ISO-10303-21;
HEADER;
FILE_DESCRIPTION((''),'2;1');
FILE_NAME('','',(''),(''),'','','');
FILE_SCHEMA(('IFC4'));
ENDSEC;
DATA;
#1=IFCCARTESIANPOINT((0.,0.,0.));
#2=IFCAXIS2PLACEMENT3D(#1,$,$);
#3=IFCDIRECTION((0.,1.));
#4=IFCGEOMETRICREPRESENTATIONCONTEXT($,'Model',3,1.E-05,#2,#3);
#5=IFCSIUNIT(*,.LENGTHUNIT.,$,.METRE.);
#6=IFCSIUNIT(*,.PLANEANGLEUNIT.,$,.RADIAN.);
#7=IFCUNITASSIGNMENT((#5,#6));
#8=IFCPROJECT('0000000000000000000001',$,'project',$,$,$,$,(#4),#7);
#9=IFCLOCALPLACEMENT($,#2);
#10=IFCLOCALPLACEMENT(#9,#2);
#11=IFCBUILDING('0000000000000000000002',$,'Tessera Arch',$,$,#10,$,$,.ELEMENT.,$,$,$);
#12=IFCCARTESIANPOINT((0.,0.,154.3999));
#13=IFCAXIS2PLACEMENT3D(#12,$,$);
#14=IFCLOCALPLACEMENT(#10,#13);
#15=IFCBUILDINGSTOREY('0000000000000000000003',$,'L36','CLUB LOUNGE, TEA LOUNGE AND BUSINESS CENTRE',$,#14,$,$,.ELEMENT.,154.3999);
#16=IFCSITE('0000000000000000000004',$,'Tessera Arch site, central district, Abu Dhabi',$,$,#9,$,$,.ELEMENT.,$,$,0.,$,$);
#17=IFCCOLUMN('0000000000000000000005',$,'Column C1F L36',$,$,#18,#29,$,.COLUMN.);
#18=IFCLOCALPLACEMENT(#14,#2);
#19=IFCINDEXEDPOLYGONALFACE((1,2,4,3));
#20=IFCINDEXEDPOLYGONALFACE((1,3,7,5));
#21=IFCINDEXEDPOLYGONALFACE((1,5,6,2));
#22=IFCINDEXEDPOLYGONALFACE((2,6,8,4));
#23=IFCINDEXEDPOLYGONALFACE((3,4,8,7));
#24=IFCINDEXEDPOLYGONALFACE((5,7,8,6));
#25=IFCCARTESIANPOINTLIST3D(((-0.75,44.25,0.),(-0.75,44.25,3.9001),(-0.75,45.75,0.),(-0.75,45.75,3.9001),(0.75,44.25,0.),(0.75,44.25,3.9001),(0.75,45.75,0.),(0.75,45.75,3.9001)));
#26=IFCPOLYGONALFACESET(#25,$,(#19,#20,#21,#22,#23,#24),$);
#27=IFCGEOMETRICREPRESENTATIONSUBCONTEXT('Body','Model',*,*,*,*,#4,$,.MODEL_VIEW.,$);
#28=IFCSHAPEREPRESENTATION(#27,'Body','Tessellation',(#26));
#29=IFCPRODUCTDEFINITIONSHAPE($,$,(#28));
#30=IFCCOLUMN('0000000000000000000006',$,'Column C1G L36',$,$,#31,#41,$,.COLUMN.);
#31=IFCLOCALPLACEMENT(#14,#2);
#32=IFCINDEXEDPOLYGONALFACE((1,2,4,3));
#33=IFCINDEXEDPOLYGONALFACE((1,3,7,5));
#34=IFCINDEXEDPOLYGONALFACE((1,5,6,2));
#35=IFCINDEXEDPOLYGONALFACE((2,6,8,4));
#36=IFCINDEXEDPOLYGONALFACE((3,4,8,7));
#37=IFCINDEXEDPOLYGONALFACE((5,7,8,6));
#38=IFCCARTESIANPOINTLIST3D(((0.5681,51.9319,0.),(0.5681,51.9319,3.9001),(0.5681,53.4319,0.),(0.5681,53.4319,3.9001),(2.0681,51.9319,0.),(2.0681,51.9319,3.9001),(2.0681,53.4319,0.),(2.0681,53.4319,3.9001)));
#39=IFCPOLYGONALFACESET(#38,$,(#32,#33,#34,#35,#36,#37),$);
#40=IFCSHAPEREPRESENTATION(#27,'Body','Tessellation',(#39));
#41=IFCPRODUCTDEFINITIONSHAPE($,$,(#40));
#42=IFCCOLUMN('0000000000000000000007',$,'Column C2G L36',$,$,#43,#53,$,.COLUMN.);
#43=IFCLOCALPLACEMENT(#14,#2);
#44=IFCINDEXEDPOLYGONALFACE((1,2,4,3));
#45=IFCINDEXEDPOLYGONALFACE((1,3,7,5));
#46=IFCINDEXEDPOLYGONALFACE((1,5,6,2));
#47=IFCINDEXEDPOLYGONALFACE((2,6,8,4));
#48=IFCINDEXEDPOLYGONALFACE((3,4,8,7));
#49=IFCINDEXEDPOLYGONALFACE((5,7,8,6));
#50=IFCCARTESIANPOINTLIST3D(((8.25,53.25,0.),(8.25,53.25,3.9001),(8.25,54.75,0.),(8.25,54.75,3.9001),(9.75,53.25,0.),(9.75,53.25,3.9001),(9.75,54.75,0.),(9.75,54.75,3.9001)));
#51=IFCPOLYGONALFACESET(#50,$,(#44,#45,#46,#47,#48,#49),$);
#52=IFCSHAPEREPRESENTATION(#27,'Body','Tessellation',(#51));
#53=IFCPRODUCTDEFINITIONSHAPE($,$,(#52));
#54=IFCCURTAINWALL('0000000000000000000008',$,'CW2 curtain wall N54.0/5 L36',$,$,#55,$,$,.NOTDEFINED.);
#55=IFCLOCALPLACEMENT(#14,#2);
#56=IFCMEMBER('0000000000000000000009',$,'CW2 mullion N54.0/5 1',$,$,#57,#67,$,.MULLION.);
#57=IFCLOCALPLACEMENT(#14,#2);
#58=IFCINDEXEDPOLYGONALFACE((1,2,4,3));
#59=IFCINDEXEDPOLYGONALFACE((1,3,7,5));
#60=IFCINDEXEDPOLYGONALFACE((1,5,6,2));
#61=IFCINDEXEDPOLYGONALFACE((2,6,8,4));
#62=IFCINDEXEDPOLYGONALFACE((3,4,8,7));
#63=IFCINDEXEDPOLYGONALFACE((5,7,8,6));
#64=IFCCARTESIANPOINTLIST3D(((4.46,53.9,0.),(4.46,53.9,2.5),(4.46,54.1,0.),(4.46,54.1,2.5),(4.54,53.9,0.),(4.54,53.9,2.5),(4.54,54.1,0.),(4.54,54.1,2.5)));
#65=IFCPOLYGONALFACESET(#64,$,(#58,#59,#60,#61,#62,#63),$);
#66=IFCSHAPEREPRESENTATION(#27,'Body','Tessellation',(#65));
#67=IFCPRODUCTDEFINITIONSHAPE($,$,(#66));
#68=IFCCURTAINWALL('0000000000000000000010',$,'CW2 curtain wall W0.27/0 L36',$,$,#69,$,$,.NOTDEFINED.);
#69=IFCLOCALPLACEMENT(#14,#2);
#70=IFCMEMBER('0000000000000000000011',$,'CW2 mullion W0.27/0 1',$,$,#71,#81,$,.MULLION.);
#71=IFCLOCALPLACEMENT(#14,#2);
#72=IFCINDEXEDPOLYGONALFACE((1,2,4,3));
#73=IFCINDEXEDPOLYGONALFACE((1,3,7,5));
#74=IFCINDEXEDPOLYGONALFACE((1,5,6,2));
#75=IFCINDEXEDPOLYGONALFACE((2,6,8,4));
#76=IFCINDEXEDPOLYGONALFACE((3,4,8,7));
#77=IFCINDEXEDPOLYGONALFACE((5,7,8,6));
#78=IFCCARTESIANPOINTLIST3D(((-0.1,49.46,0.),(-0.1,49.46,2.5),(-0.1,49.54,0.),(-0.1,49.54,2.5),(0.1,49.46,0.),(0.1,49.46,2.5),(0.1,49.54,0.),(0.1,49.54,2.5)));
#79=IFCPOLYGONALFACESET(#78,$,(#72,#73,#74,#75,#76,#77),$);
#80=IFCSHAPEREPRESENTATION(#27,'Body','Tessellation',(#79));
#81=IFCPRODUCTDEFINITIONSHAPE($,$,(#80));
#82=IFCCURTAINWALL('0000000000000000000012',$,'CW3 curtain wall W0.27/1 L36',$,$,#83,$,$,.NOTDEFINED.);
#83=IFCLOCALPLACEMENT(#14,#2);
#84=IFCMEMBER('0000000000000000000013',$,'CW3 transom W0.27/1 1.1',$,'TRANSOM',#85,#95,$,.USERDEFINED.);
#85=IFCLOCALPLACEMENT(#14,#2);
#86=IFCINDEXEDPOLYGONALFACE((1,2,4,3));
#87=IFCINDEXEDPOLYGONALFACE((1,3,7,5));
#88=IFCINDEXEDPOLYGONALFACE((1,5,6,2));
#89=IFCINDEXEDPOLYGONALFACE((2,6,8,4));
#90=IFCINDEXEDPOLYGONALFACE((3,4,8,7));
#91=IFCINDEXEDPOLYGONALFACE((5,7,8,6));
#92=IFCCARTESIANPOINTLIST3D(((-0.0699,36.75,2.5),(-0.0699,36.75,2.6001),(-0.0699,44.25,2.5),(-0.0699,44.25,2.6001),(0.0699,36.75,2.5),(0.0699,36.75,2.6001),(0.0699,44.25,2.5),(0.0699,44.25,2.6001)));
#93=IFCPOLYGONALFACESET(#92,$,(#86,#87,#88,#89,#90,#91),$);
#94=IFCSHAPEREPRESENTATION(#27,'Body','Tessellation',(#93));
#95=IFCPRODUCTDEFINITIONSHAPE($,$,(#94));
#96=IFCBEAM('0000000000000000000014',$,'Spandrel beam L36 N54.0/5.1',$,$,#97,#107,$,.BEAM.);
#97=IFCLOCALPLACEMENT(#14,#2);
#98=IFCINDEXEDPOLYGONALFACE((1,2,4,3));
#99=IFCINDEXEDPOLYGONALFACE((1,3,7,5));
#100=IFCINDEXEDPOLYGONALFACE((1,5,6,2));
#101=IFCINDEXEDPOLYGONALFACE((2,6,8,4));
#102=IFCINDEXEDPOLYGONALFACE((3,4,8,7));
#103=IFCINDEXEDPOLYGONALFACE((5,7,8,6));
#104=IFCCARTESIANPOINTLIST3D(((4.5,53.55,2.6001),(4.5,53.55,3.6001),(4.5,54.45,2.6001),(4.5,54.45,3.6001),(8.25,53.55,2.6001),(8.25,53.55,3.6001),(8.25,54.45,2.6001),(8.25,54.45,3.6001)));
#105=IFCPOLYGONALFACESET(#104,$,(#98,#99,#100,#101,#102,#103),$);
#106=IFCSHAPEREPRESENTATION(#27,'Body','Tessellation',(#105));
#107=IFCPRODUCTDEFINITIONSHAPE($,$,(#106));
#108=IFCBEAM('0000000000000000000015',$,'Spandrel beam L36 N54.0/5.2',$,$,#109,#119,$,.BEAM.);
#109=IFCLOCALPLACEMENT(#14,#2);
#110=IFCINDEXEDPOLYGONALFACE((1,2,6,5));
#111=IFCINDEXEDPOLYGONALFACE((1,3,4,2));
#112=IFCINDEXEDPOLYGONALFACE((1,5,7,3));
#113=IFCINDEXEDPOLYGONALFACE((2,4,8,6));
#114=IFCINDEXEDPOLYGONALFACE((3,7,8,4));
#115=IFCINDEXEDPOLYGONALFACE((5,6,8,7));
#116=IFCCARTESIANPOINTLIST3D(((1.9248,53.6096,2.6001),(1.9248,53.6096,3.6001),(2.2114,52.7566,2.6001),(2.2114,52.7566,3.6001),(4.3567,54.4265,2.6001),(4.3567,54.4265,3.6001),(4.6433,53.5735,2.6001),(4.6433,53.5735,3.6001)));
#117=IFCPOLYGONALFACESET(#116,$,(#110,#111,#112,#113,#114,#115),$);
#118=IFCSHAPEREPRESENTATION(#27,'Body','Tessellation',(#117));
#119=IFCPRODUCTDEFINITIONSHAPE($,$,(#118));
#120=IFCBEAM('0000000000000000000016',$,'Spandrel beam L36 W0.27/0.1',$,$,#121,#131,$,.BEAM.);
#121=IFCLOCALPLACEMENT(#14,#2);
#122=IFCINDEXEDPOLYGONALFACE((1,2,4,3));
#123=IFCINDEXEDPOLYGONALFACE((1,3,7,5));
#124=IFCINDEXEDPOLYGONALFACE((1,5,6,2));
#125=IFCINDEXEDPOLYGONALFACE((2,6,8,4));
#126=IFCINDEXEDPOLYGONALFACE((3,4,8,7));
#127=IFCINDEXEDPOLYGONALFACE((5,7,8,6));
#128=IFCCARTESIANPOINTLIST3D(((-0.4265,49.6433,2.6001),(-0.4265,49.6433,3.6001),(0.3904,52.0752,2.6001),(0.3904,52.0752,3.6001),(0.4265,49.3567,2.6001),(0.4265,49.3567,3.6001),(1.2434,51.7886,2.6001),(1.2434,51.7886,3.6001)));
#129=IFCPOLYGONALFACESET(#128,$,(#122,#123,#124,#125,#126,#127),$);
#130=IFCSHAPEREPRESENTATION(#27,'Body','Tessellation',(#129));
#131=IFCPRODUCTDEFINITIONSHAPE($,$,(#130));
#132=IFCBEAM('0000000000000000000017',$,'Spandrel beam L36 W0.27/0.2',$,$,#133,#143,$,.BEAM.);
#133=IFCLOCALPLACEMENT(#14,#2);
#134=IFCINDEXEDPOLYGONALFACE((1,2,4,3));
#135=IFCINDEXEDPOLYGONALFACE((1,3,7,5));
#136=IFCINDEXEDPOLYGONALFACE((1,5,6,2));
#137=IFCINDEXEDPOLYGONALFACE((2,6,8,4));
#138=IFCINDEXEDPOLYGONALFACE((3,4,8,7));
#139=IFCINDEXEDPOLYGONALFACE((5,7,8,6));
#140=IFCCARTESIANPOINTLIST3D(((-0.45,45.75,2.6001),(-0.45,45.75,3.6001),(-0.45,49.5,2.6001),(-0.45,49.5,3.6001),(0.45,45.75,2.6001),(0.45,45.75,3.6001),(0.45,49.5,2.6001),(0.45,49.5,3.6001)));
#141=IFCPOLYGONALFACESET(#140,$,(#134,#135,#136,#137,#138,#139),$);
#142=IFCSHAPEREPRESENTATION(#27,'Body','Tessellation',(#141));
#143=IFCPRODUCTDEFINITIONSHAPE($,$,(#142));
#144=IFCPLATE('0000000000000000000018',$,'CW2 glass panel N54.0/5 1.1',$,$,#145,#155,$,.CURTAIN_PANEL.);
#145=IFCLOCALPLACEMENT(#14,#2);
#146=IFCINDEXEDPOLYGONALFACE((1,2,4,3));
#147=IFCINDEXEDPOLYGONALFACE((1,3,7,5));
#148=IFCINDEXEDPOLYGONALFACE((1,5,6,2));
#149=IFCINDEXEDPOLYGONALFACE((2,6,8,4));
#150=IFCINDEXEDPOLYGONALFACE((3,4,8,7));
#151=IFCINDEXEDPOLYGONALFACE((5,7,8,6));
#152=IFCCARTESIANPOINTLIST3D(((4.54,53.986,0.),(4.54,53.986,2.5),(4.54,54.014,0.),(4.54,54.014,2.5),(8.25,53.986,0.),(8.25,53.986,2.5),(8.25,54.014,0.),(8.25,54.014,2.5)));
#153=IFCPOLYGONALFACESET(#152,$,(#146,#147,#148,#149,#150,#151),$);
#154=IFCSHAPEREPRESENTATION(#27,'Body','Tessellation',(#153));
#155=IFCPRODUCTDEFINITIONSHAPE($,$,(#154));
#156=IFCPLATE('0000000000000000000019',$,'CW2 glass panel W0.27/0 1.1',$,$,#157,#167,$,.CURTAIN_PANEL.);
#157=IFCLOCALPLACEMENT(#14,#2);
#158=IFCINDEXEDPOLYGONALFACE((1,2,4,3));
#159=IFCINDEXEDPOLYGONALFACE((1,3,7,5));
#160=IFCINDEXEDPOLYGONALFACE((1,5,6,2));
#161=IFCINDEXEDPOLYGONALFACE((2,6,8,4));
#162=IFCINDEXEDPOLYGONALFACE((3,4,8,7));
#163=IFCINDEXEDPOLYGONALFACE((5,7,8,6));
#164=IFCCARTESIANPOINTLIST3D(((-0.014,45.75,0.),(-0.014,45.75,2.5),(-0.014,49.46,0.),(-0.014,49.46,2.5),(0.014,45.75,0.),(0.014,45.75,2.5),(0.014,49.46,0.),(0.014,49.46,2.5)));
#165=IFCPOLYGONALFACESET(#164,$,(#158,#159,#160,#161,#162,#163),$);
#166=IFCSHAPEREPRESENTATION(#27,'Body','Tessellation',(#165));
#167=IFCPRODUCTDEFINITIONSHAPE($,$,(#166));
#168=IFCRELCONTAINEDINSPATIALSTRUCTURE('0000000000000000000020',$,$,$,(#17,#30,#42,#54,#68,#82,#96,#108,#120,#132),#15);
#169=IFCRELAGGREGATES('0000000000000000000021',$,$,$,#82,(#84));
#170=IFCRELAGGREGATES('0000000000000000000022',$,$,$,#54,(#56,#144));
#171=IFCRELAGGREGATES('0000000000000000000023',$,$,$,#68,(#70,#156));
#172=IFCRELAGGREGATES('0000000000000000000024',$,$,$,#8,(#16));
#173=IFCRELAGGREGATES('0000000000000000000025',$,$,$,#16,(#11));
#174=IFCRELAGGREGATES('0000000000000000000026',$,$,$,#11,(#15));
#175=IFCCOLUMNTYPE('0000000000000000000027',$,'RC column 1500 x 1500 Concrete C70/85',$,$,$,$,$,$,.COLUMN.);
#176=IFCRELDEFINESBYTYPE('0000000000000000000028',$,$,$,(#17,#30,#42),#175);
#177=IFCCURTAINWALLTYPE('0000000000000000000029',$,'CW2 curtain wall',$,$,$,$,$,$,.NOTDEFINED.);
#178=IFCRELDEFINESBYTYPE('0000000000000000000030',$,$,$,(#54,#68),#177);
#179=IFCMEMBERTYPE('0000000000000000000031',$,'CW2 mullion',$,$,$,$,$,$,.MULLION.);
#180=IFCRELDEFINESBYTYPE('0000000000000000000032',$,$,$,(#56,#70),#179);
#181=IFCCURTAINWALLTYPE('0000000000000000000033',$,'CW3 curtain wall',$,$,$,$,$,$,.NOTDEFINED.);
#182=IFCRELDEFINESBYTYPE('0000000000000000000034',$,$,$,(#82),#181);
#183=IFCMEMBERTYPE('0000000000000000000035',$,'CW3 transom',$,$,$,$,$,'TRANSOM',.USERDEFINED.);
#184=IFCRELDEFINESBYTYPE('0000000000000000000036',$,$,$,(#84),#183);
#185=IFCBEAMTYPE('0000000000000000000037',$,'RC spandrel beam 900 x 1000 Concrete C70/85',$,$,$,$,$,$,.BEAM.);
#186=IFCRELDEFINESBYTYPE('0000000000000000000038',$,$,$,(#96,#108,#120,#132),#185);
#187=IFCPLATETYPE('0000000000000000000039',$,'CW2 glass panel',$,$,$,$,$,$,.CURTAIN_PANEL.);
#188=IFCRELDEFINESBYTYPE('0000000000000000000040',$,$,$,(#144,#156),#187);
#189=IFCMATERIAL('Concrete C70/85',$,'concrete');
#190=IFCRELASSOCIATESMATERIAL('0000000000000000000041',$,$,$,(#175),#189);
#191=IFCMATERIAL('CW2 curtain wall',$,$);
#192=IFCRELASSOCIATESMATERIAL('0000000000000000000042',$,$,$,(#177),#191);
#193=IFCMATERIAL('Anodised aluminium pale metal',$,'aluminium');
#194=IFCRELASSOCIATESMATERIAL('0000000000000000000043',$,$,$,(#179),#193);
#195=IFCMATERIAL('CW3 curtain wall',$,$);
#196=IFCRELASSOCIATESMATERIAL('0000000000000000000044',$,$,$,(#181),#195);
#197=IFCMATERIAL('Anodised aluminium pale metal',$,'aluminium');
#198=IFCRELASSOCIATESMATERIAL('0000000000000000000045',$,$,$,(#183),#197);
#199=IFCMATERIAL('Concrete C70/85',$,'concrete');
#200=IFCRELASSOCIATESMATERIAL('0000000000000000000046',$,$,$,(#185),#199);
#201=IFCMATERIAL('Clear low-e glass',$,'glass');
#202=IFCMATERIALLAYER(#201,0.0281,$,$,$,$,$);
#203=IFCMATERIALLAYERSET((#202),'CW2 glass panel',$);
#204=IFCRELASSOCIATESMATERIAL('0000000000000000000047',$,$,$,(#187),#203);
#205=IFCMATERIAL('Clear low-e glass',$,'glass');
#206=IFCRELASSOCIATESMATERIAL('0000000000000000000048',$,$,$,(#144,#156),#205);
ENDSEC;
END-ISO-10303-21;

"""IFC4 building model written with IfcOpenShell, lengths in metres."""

from ifc_helpers import new_model, si_unit, direction, frame, origin, origin_2d, place, context, subcontext, project, spatial, rectangle, extrude, material, layer, layer_set, material_profile, profile_set, type_object, element, aggregate, save


model = new_model("IFC4")

# Units and contexts
model_context = context("Model", 3, precision=1e-05, world=origin(), true_north=direction((0.0, 1.0)))
body_context = subcontext(model_context, "Body", "Model", "MODEL_VIEW")
ifc_project = project(units=[si_unit("LENGTHUNIT", "METRE"), si_unit("PLANEANGLEUNIT", "RADIAN")], contexts=[model_context])

# Site, building, storey
site_placement = place(None, origin())
site = spatial("IfcSite", under=ifc_project, at=site_placement, Name="Tessera Arch site, central district, Abu Dhabi", CompositionType="ELEMENT", RefElevation=0.0)
building_placement = place(site_placement, origin())
building = spatial("IfcBuilding", under=site, at=building_placement, Name="Tessera Arch", CompositionType="ELEMENT")
storey_placement = place(building_placement, frame((0.0, 0.0, 154.3999)))
storey = spatial("IfcBuildingStorey", under=building, at=storey_placement, Name="L36", Description="CLUB LOUNGE, TEA LOUNGE AND BUSINESS CENTRE", CompositionType="ELEMENT", Elevation=154.3999)

# Columns
ifc_material_1 = material(Name="Concrete C70/85", Category="concrete")
ifc_material_profile_1 = material_profile(ifc_material_1, rectangle(XDim=1.5, YDim=1.5, at=origin_2d()), Name="RC column 1500 x 1500 Concrete C70/85")
ifc_profile_set_1 = profile_set([ifc_material_profile_1], Name="Concrete C70/85")
column_type = type_object("IfcColumnType", Name="RC column 1500 x 1500 Concrete C70/85", PredefinedType="COLUMN", material=ifc_profile_set_1)
for number, where, z_axis, x_axis, name in (
    (1, (0.0, 45.0, 0.0), (0.0, 0.0, 1.0), (1.0, 0.0, 0.0), "Column C1F L36"),
    (2, (1.3181, 52.6819, 0.0), (0.0, 0.0, 1.0), (1.0, 0.0, 0.0), "Column C1G L36"),
    (3, (9.0, 54.0, 0.0), (0.0, 0.0, 1.0), (1.0, 0.0, 0.0), "Column C2G L36"),
):
    element("IfcColumn", number, at=place(storey_placement, frame(where, z_axis=z_axis, x_axis=x_axis)), inside=storey, type_object=column_type, Name=name, PredefinedType="COLUMN", context=body_context, shape_type="SweptSolid", body=[
        extrude(rectangle(XDim=1.5, YDim=1.5, at=origin_2d()), origin(), (0.0, 0.0, 1.0), 3.9001),
    ])

# Curtain walls, members
ifc_material_2 = material(Name="CW2 curtain wall")
curtain_wall_type_1 = type_object("IfcCurtainWallType", Name="CW2 curtain wall", PredefinedType="NOTDEFINED", material=ifc_material_2)
curtain_wall_1_placement = place(storey_placement, origin())
curtain_wall_1 = element("IfcCurtainWall", 4, at=curtain_wall_1_placement, inside=storey, type_object=curtain_wall_type_1, Name="CW2 curtain wall N54.0/5 L36", PredefinedType="NOTDEFINED")
ifc_material_3 = material(Name="Anodised aluminium pale metal", Category="aluminium")
ifc_material_profile_2 = material_profile(ifc_material_3, rectangle(XDim=0.2, YDim=0.0801, at=origin_2d()), Name="AL 80x200")
ifc_profile_set_2 = profile_set([ifc_material_profile_2], Name="Anodised aluminium pale metal")
member_type_1 = type_object("IfcMemberType", Name="CW2 mullion", PredefinedType="MULLION", material=ifc_profile_set_2)
member_1_placement = place(storey_placement, frame((4.5, 54.0, 0.0), z_axis=(0.0, 0.0, 1.0), x_axis=(0.0, -1.0, 0.0)))
member_1 = element("IfcMember", 5, at=member_1_placement, type_object=member_type_1, Name="CW2 mullion N54.0/5 1", PredefinedType="MULLION", context=body_context, shape_type="SweptSolid", body=[
    extrude(rectangle(XDim=0.2, YDim=0.0801, at=origin_2d()), origin(), (0.0, 0.0, 1.0), 2.5),
])
curtain_wall_2_placement = place(storey_placement, origin())
curtain_wall_2 = element("IfcCurtainWall", 6, at=curtain_wall_2_placement, inside=storey, type_object=curtain_wall_type_1, Name="CW2 curtain wall W0.27/0 L36", PredefinedType="NOTDEFINED")
member_2_placement = place(storey_placement, frame((0.0, 49.5, 0.0), z_axis=(0.0, 0.0, 1.0), x_axis=(1.0, 0.0, 0.0)))
member_2 = element("IfcMember", 7, at=member_2_placement, type_object=member_type_1, Name="CW2 mullion W0.27/0 1", PredefinedType="MULLION", context=body_context, shape_type="SweptSolid", body=[
    extrude(rectangle(XDim=0.2, YDim=0.0801, at=origin_2d()), origin(), (0.0, 0.0, 1.0), 2.5),
])
ifc_material_4 = material(Name="CW3 curtain wall")
curtain_wall_type_2 = type_object("IfcCurtainWallType", Name="CW3 curtain wall", PredefinedType="NOTDEFINED", material=ifc_material_4)
curtain_wall_3_placement = place(storey_placement, origin())
curtain_wall_3 = element("IfcCurtainWall", 8, at=curtain_wall_3_placement, inside=storey, type_object=curtain_wall_type_2, Name="CW3 curtain wall W0.27/1 L36", PredefinedType="NOTDEFINED")
ifc_material_5 = material(Name="Anodised aluminium pale metal", Category="aluminium")
ifc_material_profile_3 = material_profile(ifc_material_5, rectangle(XDim=0.1399, YDim=0.1001, at=origin_2d()), Name="AL 140x100")
ifc_profile_set_3 = profile_set([ifc_material_profile_3], Name="Anodised aluminium pale metal")
member_type_2 = type_object("IfcMemberType", Name="CW3 transom", ElementType="TRANSOM", PredefinedType="USERDEFINED", material=ifc_profile_set_3)
member_3_placement = place(storey_placement, frame((0.0, 44.25, 2.55), z_axis=(0.0, -1.0, 0.0), x_axis=(1.0, 0.0, 0.0)))
member_3 = element("IfcMember", 9, at=member_3_placement, type_object=member_type_2, Name="CW3 transom W0.27/1 1.1", ObjectType="TRANSOM", PredefinedType="USERDEFINED", context=body_context, shape_type="SweptSolid", body=[
    extrude(rectangle(XDim=0.1399, YDim=0.1001, at=origin_2d()), origin(), (0.0, 0.0, 1.0), 7.5),
])
aggregate(curtain_wall_3, [member_3])

# Beams
ifc_material_6 = material(Name="Concrete C70/85", Category="concrete")
ifc_material_profile_4 = material_profile(ifc_material_6, rectangle(XDim=0.8999, YDim=1.0, at=origin_2d()), Name="RC spandrel beam 900 x 1000 Concrete C70/85")
ifc_profile_set_4 = profile_set([ifc_material_profile_4], Name="Concrete C70/85")
beam_type = type_object("IfcBeamType", Name="RC spandrel beam 900 x 1000 Concrete C70/85", PredefinedType="BEAM", material=ifc_profile_set_4)
beam_1_placement = place(storey_placement, frame((8.25, 54.0, 3.1001), z_axis=(-1.0, 0.0, 0.0), x_axis=(0.0, -1.0, 0.0)))
element("IfcBeam", 10, at=beam_1_placement, inside=storey, type_object=beam_type, Name="Spandrel beam L36 N54.0/5.1", PredefinedType="BEAM", context=body_context, shape_type="SweptSolid", body=[
    extrude(rectangle(XDim=0.8999, YDim=1.0, at=origin_2d()), origin(), (0.0, 0.0, 1.0), 3.75),
])
for number, where, z_axis, x_axis, name in (
    (11, (4.5, 54.0, 3.1001), (-0.947948, -0.318425, 0.0), (0.318425, -0.947948, 0.0), "Spandrel beam L36 N54.0/5.2"),
    (12, (0.8169, 51.9319, 3.1001), (-0.318425, -0.947948, 0.0), (0.947948, -0.318425, 0.0), "Spandrel beam L36 W0.27/0.1"),
):
    element("IfcBeam", number, at=place(storey_placement, frame(where, z_axis=z_axis, x_axis=x_axis)), inside=storey, type_object=beam_type, Name=name, PredefinedType="BEAM", context=body_context, shape_type="SweptSolid", body=[
        extrude(rectangle(XDim=0.8999, YDim=1.0, at=origin_2d()), origin(), (0.0, 0.0, 1.0), 2.5654),
    ])
beam_2_placement = place(storey_placement, frame((0.0, 49.5, 3.1001), z_axis=(0.0, -1.0, 0.0), x_axis=(1.0, 0.0, 0.0)))
element("IfcBeam", 13, at=beam_2_placement, inside=storey, type_object=beam_type, Name="Spandrel beam L36 W0.27/0.2", PredefinedType="BEAM", context=body_context, shape_type="SweptSolid", body=[
    extrude(rectangle(XDim=0.8999, YDim=1.0, at=origin_2d()), origin(), (0.0, 0.0, 1.0), 3.75),
])

# Plates
ifc_material_7 = material(Name="Clear low-e glass", Category="glass")
ifc_material_8 = material(Name="Clear low-e glass", Category="glass")
ifc_layer_1 = layer(ifc_material_8, 0.0281)
ifc_layer_set_1 = layer_set([ifc_layer_1], Name="CW2 glass panel")
plate_type = type_object("IfcPlateType", Name="CW2 glass panel", PredefinedType="CURTAIN_PANEL", material=ifc_layer_set_1)
plate_1_placement = place(storey_placement, frame((6.395, 54.0, 0.0), z_axis=(0.0, 0.0, 1.0), x_axis=(-1.0, 0.0, 0.0)))
plate_1 = element("IfcPlate", 14, at=plate_1_placement, type_object=plate_type, material=ifc_material_7, Name="CW2 glass panel N54.0/5 1.1", PredefinedType="CURTAIN_PANEL", context=body_context, shape_type="SweptSolid", body=[
    extrude(rectangle(XDim=3.71, YDim=0.0281, at=origin_2d()), origin(), (0.0, 0.0, 1.0), 2.5),
])
aggregate(curtain_wall_1, [member_1, plate_1])
plate_2_placement = place(storey_placement, frame((0.0, 47.605, 0.0), z_axis=(0.0, 0.0, 1.0), x_axis=(0.0, -1.0, 0.0)))
plate_2 = element("IfcPlate", 15, at=plate_2_placement, type_object=plate_type, material=ifc_material_7, Name="CW2 glass panel W0.27/0 1.1", PredefinedType="CURTAIN_PANEL", context=body_context, shape_type="SweptSolid", body=[
    extrude(rectangle(XDim=3.71, YDim=0.0281, at=origin_2d()), origin(), (0.0, 0.0, 1.0), 2.5),
])
aggregate(curtain_wall_2, [member_2, plate_2])

save(model, "model.ifc")
